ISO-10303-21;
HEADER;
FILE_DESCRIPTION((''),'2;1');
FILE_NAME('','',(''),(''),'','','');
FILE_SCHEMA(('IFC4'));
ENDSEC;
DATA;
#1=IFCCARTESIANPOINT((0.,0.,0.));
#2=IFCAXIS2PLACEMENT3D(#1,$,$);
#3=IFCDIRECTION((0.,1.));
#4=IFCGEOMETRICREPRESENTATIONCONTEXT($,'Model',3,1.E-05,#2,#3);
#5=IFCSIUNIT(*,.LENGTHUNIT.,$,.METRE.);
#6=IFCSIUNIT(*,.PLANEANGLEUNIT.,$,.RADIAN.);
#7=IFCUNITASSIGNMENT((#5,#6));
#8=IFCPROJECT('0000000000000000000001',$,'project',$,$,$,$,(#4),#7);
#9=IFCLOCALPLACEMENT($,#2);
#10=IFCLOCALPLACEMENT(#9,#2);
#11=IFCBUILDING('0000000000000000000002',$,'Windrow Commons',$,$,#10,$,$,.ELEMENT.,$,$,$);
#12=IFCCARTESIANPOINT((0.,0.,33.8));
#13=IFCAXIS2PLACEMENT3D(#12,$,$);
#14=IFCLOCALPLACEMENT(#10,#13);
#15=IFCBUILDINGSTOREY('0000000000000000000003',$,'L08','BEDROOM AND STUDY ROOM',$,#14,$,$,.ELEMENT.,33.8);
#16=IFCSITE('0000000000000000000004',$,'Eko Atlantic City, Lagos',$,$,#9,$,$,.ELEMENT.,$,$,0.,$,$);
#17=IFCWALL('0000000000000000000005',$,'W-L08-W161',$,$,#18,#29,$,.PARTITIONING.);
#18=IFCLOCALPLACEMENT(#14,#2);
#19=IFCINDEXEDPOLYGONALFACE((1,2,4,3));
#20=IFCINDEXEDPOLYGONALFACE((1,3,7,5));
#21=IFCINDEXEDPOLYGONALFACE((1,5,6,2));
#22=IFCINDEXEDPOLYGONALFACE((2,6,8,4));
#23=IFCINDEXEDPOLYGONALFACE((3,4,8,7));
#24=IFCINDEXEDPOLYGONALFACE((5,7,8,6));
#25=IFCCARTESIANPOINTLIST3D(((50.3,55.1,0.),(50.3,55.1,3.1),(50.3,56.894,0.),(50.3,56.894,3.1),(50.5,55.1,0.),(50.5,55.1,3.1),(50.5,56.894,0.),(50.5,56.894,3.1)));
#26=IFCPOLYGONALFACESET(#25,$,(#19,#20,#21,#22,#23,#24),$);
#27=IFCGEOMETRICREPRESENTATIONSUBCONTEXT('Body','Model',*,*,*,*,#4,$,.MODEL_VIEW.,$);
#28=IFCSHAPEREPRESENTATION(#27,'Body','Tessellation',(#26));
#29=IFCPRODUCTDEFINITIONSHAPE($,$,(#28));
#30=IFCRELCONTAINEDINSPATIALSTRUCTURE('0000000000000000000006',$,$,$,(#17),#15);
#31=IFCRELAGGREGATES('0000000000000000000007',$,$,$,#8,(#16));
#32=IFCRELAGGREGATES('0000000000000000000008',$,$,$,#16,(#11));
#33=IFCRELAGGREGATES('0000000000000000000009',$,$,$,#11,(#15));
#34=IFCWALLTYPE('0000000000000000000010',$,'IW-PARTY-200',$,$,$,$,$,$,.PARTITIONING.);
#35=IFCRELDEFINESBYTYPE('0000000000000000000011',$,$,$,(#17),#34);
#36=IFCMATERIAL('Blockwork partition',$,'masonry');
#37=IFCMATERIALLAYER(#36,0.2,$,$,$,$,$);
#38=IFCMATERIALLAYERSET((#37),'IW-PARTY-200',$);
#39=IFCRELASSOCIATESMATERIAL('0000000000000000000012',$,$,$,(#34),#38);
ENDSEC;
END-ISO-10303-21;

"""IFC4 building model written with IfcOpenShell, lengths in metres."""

from ifc_helpers import new_model, si_unit, direction, frame, frame_2d, origin, place, context, subcontext, project, spatial, rectangle, extrude, material, layer, layer_set, type_object, element, save


model = new_model("IFC4")

# Units and contexts
model_context = context("Model", 3, precision=1e-05, world=origin(), true_north=direction((0.0, 1.0)))
body_context = subcontext(model_context, "Body", "Model", "MODEL_VIEW")
ifc_project = project(units=[si_unit("LENGTHUNIT", "METRE"), si_unit("PLANEANGLEUNIT", "RADIAN")], contexts=[model_context])

# Site, building, storey
site_placement = place(None, origin())
site = spatial("IfcSite", under=ifc_project, at=site_placement, Name="Eko Atlantic City, Lagos", CompositionType="ELEMENT", RefElevation=0.0)
building_placement = place(site_placement, origin())
building = spatial("IfcBuilding", under=site, at=building_placement, Name="Windrow Commons", CompositionType="ELEMENT")
storey_placement = place(building_placement, frame((0.0, 0.0, 33.8)))
storey = spatial("IfcBuildingStorey", under=building, at=storey_placement, Name="L08", Description="BEDROOM AND STUDY ROOM", CompositionType="ELEMENT", Elevation=33.8)

# Wall
ifc_material_1 = material(Name="Blockwork partition", Category="masonry")
ifc_layer_1 = layer(ifc_material_1, 0.2)
ifc_layer_set_1 = layer_set([ifc_layer_1], Name="IW-PARTY-200")
wall_type_1 = type_object("IfcWallType", Name="IW-PARTY-200", PredefinedType="PARTITIONING", material=ifc_layer_set_1)
wall_1_placement = place(storey_placement, frame((50.4, 55.1, 0.0), z_axis=(0.0, 0.0, 1.0), x_axis=(0.0, 1.0, 0.0)))
element("IfcWall", 1, at=wall_1_placement, inside=storey, type_object=wall_type_1, Name="W-L08-W161", PredefinedType="PARTITIONING", context=body_context, shape_type="SweptSolid", body=[
    extrude(rectangle(XDim=1.794, YDim=0.2, at=frame_2d((0.897, 0.0))), origin(), (0.0, 0.0, 1.0), 3.1),
])

save(model, "model.ifc")
